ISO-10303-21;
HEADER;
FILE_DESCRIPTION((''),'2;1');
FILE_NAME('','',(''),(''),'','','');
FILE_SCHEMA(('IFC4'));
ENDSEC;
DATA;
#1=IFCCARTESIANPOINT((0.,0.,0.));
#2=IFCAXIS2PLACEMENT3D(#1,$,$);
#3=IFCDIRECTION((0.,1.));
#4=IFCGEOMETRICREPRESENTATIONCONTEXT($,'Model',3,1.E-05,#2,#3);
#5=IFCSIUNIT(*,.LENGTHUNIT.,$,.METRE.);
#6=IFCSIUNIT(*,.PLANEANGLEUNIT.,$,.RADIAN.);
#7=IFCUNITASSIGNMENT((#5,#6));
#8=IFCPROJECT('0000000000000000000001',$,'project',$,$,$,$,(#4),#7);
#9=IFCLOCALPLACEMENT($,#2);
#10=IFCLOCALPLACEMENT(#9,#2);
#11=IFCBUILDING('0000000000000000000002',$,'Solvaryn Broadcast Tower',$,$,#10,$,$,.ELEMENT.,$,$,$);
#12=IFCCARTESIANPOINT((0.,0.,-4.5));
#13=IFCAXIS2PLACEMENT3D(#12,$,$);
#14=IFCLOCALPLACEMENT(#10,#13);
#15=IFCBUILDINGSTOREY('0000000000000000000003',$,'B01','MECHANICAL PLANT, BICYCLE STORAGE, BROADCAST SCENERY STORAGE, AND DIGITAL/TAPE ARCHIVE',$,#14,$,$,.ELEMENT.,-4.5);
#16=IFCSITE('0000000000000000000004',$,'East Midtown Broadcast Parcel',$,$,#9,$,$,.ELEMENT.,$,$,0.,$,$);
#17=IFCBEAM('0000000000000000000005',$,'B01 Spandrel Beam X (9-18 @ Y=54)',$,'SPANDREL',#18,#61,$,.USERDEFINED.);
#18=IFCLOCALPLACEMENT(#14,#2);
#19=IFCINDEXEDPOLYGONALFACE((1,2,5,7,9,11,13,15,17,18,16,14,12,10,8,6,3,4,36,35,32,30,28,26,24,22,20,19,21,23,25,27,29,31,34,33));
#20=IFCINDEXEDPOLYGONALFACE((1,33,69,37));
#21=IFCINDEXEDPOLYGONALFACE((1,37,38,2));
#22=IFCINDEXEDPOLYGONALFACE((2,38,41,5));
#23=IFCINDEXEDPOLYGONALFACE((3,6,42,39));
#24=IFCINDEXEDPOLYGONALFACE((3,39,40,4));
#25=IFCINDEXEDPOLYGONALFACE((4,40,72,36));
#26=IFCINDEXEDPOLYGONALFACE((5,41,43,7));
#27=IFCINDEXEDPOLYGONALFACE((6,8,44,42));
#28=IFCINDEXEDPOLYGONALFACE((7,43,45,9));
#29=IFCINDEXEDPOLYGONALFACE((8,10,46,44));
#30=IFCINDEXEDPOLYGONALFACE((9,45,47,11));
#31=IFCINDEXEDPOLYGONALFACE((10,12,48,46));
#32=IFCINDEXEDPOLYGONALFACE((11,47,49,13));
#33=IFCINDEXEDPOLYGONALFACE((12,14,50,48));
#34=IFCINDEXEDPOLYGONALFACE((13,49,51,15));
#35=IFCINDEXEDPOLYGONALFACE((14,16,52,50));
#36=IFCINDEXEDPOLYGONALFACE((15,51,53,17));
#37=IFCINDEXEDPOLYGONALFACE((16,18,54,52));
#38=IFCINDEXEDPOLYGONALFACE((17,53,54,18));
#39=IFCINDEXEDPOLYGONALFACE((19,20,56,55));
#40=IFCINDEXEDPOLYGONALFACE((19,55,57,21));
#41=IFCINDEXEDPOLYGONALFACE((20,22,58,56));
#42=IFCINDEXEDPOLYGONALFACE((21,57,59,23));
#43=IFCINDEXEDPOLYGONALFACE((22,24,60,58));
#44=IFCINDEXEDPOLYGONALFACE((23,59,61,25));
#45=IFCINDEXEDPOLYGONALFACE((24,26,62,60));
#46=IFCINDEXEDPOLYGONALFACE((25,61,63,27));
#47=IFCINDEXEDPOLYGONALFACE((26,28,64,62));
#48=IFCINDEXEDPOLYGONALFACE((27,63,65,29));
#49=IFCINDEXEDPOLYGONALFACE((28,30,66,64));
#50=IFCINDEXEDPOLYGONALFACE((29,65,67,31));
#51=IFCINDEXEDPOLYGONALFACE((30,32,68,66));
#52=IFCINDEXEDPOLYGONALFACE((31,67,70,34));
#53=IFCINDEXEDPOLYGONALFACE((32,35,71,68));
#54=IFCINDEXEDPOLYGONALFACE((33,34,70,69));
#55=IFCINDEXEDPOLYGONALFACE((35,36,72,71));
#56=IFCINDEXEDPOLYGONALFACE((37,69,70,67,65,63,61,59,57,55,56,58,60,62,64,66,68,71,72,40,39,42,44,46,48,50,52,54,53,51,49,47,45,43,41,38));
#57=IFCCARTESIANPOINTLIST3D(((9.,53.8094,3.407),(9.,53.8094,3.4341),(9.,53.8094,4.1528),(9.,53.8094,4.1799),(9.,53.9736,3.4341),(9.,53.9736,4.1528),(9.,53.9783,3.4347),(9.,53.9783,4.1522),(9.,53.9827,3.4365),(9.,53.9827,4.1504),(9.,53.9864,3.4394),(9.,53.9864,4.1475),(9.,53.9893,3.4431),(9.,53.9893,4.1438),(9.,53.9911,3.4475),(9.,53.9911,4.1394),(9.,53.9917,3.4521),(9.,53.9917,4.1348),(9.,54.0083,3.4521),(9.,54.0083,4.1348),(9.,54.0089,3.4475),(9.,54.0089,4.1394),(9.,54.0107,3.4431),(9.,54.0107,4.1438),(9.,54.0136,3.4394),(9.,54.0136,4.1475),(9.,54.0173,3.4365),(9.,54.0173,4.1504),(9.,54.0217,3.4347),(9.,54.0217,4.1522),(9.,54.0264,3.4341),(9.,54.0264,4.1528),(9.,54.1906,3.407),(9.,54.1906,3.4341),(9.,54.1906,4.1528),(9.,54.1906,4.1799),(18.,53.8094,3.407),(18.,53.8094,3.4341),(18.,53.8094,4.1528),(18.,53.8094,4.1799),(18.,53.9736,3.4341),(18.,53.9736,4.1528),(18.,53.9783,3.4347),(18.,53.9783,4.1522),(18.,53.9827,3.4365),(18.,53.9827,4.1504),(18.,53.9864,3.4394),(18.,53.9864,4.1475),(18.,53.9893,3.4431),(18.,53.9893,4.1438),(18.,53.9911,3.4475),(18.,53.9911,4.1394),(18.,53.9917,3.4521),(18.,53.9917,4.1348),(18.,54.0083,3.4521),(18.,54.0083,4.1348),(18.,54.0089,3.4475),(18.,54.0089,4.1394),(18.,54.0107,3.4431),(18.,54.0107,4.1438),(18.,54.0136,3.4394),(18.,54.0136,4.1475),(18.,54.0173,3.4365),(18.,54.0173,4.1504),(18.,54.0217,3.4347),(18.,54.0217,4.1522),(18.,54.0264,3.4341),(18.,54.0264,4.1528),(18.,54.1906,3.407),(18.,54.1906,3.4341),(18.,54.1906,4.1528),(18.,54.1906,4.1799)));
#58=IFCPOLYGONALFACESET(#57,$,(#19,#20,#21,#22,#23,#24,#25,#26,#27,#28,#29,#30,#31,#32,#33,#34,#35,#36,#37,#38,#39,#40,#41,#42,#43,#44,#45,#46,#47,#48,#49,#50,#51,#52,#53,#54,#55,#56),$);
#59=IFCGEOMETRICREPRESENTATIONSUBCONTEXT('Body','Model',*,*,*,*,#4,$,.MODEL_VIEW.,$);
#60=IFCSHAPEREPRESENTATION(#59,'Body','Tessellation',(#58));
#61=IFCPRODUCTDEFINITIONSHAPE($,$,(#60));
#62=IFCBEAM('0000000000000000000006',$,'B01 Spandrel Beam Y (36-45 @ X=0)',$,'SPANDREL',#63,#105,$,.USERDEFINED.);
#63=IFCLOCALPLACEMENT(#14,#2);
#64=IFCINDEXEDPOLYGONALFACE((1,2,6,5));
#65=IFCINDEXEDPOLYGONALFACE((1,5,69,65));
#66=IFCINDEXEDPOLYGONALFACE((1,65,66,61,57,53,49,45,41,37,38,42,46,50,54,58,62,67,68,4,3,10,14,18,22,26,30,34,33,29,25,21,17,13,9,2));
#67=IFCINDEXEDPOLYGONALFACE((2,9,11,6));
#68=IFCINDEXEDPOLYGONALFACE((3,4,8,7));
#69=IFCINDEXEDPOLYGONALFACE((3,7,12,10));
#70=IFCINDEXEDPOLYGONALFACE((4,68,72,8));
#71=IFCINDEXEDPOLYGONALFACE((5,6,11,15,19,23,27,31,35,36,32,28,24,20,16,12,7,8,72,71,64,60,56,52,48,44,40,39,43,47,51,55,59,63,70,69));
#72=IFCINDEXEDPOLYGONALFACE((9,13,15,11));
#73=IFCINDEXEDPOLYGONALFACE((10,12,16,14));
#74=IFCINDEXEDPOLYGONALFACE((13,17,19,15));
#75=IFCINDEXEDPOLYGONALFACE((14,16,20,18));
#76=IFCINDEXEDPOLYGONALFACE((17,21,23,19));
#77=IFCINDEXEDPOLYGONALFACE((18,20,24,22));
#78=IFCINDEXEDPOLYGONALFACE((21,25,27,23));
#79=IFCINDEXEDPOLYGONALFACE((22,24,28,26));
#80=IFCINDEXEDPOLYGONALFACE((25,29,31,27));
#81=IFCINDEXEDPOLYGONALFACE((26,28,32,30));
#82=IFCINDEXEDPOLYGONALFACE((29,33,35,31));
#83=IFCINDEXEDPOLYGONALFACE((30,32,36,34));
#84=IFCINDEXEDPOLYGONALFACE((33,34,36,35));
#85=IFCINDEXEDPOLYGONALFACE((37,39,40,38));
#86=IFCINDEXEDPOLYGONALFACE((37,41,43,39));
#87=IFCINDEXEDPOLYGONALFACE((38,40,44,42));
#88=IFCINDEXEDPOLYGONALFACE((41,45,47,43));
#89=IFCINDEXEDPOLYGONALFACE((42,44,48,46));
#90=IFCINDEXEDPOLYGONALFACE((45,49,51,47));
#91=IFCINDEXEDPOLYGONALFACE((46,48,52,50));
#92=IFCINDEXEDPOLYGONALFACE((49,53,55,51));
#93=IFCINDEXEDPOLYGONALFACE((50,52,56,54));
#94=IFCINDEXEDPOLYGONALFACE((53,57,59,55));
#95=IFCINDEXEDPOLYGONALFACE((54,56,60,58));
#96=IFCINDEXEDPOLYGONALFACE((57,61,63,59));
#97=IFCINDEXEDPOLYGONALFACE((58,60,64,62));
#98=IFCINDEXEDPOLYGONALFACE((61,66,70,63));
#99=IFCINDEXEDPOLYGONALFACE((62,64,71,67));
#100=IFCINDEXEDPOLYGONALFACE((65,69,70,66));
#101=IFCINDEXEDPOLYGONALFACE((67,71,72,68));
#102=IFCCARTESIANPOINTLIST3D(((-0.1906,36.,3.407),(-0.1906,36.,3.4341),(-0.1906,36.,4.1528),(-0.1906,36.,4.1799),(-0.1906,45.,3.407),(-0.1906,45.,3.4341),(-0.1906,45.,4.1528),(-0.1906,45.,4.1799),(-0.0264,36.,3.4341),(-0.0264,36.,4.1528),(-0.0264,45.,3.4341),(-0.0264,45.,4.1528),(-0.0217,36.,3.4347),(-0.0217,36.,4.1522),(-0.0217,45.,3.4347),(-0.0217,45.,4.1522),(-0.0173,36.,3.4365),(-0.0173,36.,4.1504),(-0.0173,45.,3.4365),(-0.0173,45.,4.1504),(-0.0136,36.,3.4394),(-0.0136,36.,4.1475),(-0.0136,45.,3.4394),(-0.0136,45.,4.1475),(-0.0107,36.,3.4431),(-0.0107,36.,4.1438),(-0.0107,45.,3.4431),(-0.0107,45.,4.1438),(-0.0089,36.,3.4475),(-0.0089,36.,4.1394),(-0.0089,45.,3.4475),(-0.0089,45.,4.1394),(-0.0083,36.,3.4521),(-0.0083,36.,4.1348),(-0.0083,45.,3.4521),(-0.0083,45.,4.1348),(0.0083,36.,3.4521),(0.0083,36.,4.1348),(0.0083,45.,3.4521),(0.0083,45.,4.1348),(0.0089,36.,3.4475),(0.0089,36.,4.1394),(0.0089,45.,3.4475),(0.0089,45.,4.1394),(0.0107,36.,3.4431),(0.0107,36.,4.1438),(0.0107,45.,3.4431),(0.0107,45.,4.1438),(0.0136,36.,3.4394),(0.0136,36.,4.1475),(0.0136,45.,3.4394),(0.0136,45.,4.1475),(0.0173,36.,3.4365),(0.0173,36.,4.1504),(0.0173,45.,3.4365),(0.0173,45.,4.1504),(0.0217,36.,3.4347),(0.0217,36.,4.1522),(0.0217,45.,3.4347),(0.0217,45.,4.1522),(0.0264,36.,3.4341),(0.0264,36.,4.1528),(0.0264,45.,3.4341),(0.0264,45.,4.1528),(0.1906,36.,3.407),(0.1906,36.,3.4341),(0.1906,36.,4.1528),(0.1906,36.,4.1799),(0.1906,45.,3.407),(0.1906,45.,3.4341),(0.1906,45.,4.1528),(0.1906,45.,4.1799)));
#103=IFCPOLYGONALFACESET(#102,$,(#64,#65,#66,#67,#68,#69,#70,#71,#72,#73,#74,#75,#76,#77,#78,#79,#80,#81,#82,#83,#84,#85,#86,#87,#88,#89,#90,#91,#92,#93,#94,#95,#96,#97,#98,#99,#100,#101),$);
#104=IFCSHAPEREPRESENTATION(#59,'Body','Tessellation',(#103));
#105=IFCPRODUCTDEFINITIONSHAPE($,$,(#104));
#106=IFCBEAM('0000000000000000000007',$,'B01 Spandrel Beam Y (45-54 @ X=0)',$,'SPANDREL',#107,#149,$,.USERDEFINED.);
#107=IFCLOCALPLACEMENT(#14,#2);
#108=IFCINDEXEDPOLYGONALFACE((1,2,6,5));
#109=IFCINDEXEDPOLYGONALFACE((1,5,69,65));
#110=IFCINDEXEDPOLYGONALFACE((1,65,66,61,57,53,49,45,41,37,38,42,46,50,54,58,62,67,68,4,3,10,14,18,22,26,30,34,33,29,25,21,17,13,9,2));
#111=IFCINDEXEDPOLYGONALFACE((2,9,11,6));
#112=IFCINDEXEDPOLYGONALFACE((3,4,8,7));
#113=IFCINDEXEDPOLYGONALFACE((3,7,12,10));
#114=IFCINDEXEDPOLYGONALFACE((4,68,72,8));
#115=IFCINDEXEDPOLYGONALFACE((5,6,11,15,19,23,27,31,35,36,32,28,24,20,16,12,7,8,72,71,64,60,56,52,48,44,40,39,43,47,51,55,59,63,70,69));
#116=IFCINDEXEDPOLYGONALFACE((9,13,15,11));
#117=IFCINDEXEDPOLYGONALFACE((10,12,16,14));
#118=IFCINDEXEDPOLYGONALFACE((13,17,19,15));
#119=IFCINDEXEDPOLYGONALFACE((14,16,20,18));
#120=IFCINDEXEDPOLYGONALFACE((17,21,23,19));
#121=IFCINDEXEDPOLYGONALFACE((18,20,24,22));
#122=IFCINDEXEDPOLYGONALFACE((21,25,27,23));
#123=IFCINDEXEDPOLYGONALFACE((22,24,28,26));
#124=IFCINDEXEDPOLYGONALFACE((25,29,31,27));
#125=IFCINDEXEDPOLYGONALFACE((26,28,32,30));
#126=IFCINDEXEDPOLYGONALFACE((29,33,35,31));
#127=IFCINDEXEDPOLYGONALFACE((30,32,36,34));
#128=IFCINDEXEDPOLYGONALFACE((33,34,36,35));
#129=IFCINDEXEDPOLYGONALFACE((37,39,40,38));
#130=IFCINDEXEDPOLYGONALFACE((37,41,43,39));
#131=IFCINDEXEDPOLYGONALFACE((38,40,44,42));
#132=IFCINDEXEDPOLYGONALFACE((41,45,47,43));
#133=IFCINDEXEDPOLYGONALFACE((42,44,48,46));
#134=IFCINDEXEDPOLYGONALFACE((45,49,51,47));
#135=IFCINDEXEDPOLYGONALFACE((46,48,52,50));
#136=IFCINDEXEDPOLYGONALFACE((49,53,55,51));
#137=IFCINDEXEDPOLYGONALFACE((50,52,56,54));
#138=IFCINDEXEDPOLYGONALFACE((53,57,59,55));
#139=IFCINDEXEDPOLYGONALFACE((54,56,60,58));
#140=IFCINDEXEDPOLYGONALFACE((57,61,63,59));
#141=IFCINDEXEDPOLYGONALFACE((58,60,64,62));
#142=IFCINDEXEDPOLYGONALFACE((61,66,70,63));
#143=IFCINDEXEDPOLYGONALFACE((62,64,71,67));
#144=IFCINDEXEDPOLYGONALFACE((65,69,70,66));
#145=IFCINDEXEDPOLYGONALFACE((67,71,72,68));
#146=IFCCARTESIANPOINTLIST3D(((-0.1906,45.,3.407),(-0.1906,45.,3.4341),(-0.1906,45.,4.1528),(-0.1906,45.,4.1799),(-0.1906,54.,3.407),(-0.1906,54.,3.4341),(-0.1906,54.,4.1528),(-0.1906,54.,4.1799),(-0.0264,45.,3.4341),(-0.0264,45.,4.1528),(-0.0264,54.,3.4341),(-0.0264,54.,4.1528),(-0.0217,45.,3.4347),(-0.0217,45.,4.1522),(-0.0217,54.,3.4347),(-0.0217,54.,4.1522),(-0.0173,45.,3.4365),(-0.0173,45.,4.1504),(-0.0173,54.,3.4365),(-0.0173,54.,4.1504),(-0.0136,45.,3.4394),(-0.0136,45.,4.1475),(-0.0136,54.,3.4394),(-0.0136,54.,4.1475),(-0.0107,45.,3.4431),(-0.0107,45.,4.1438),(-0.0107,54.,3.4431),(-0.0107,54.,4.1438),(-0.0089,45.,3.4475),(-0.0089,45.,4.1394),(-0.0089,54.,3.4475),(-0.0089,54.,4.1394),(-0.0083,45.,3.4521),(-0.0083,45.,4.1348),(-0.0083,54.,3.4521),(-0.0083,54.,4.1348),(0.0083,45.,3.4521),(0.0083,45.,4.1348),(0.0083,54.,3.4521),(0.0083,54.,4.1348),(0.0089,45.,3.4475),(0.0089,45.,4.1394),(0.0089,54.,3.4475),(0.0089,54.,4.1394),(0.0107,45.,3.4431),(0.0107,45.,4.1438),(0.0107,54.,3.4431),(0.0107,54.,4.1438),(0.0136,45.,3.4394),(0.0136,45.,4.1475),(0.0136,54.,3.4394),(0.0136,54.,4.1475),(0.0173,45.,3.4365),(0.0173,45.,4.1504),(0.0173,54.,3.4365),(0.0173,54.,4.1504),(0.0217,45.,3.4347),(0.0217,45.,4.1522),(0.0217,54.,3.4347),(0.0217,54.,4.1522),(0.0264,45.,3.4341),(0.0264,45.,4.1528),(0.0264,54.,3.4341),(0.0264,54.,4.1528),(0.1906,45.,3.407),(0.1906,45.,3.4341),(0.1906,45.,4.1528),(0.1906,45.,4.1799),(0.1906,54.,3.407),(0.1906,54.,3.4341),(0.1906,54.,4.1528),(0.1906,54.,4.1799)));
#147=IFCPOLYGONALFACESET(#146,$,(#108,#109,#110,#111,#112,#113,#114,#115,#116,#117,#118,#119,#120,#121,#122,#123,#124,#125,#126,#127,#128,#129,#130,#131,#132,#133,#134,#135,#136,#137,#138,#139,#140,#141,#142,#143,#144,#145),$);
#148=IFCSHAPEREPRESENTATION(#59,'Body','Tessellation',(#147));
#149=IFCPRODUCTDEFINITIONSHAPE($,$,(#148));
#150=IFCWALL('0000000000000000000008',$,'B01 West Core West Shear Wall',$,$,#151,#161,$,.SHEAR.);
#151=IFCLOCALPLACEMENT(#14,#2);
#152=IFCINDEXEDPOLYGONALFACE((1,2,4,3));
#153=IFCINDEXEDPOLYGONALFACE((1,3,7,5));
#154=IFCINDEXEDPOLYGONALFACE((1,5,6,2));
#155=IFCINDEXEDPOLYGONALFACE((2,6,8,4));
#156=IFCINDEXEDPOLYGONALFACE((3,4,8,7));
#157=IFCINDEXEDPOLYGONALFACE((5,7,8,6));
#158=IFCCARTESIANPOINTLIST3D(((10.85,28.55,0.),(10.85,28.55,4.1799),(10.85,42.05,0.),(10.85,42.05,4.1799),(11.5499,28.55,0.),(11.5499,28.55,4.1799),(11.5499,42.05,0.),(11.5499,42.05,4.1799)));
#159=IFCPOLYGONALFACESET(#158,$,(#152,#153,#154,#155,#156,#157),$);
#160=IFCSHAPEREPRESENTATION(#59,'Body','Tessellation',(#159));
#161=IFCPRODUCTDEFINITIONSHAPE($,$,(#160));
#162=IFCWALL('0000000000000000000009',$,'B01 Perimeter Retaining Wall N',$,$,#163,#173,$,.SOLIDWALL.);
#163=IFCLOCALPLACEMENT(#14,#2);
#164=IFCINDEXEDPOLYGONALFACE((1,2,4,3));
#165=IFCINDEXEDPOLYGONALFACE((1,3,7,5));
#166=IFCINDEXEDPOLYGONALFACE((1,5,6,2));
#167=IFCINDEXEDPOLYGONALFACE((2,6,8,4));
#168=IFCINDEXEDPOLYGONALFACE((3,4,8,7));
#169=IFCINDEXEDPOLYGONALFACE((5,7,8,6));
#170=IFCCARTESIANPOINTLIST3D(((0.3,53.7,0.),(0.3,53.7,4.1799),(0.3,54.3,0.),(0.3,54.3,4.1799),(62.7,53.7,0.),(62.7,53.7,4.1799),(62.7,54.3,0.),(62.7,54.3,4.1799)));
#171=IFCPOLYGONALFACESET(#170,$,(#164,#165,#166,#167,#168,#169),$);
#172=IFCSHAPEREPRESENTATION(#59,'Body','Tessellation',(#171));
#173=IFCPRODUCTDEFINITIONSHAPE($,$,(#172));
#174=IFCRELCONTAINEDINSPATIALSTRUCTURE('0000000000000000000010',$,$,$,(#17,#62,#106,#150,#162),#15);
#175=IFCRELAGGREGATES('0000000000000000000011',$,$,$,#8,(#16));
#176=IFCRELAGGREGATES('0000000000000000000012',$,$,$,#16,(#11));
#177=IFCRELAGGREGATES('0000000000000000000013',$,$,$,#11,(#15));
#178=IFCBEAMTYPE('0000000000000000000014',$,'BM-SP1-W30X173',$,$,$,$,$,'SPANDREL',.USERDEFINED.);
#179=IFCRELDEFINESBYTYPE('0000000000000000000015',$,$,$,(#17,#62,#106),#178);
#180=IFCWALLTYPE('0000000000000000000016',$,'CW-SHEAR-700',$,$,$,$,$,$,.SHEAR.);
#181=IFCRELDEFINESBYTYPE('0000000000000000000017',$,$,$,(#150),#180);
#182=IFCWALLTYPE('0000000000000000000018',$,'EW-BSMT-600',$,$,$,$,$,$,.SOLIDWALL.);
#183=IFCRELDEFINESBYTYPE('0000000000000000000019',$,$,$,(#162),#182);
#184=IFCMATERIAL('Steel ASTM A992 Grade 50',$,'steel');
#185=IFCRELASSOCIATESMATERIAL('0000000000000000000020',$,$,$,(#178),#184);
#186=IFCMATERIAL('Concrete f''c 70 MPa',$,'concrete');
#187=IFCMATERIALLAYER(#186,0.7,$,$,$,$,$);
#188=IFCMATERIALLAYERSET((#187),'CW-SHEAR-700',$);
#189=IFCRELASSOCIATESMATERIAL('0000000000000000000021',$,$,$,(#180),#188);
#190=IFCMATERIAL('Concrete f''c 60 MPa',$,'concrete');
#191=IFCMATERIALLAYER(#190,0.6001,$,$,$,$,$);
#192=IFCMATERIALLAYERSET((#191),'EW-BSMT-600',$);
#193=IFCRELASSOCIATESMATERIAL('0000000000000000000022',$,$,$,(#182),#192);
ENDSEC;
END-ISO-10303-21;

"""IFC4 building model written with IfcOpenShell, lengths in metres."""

from ifc_helpers import new_model, si_unit, direction, frame, frame_2d, origin, origin_2d, place, context, subcontext, project, spatial, rectangle, i_section, extrude, material, layer, layer_set, material_profile, profile_set, type_object, element, save


model = new_model("IFC4")

# Units and contexts
model_context = context("Model", 3, precision=1e-05, world=origin(), true_north=direction((0.0, 1.0)))
body_context = subcontext(model_context, "Body", "Model", "MODEL_VIEW")
ifc_project = project(units=[si_unit("LENGTHUNIT", "METRE"), si_unit("PLANEANGLEUNIT", "RADIAN")], contexts=[model_context])

# Site, building, storey
site_placement = place(None, origin())
site = spatial("IfcSite", under=ifc_project, at=site_placement, Name="East Midtown Broadcast Parcel", CompositionType="ELEMENT", RefElevation=0.0)
building_placement = place(site_placement, origin())
building = spatial("IfcBuilding", under=site, at=building_placement, Name="Solvaryn Broadcast Tower", CompositionType="ELEMENT")
storey_placement = place(building_placement, frame((0.0, 0.0, -4.5)))
storey = spatial("IfcBuildingStorey", under=building, at=storey_placement, Name="B01", Description="MECHANICAL PLANT, BICYCLE STORAGE, BROADCAST SCENERY STORAGE, AND DIGITAL/TAPE ARCHIVE", CompositionType="ELEMENT", Elevation=-4.5)

# Beams
ifc_material_1 = material(Name="Steel ASTM A992 Grade 50", Category="steel")
ifc_material_profile_1 = material_profile(ifc_material_1, i_section(OverallWidth=0.3811, OverallDepth=0.7729, WebThickness=0.0166, FlangeThickness=0.0271, FilletRadius=0.0181, at=origin_2d()))
ifc_profile_set_1 = profile_set([ifc_material_profile_1], Name="Steel ASTM A992 Grade 50")
beam_type_1 = type_object("IfcBeamType", Name="BM-SP1-W30X173", ElementType="SPANDREL", PredefinedType="USERDEFINED", material=ifc_profile_set_1)
for number, where, z_axis, x_axis, name in (
    (1, (9.0, 54.0, 3.7935), (1.0, 0.0, 0.0), (0.0, 1.0, 0.0), "B01 Spandrel Beam X (9-18 @ Y=54)"),
    (2, (0.0, 36.0, 3.7935), (0.0, 1.0, 0.0), (-1.0, 0.0, 0.0), "B01 Spandrel Beam Y (36-45 @ X=0)"),
    (3, (0.0, 45.0, 3.7935), (0.0, 1.0, 0.0), (-1.0, 0.0, 0.0), "B01 Spandrel Beam Y (45-54 @ X=0)"),
):
    element("IfcBeam", number, at=place(storey_placement, frame(where, z_axis=z_axis, x_axis=x_axis)), inside=storey, type_object=beam_type_1, Name=name, ObjectType="SPANDREL", PredefinedType="USERDEFINED", context=body_context, shape_type="SweptSolid", body=[
        extrude(i_section(OverallWidth=0.3811, OverallDepth=0.7729, WebThickness=0.0166, FlangeThickness=0.0271, FilletRadius=0.0181, at=origin_2d()), origin(), (0.0, 0.0, 1.0), 9.0),
    ])

# Walls
ifc_material_2 = material(Name="Concrete f'c 70 MPa", Category="concrete")
ifc_layer_1 = layer(ifc_material_2, 0.7)
ifc_layer_set_1 = layer_set([ifc_layer_1], Name="CW-SHEAR-700")
wall_type_1 = type_object("IfcWallType", Name="CW-SHEAR-700", PredefinedType="SHEAR", material=ifc_layer_set_1)
wall_1_placement = place(storey_placement, frame((11.2, 42.05, 0.0), z_axis=(0.0, 0.0, 1.0), x_axis=(0.0, -1.0, 0.0)))
element("IfcWall", 4, at=wall_1_placement, inside=storey, type_object=wall_type_1, Name="B01 West Core West Shear Wall", PredefinedType="SHEAR", context=body_context, shape_type="SweptSolid", body=[
    extrude(rectangle(XDim=13.5, YDim=0.7, at=frame_2d((6.75, 0.0))), origin(), (0.0, 0.0, 1.0), 4.1799),
])
ifc_material_3 = material(Name="Concrete f'c 60 MPa", Category="concrete")
ifc_layer_2 = layer(ifc_material_3, 0.6001)
ifc_layer_set_2 = layer_set([ifc_layer_2], Name="EW-BSMT-600")
wall_type_2 = type_object("IfcWallType", Name="EW-BSMT-600", PredefinedType="SOLIDWALL", material=ifc_layer_set_2)
wall_2_placement = place(storey_placement, frame((0.3, 54.0, 0.0), z_axis=(0.0, 0.0, 1.0), x_axis=(1.0, 0.0, 0.0)))
element("IfcWall", 5, at=wall_2_placement, inside=storey, type_object=wall_type_2, Name="B01 Perimeter Retaining Wall N", PredefinedType="SOLIDWALL", context=body_context, shape_type="SweptSolid", body=[
    extrude(rectangle(XDim=62.3999, YDim=0.6001, at=frame_2d((31.2, 0.0))), origin(), (0.0, 0.0, 1.0), 4.1799),
])

save(model, "model.ifc")
